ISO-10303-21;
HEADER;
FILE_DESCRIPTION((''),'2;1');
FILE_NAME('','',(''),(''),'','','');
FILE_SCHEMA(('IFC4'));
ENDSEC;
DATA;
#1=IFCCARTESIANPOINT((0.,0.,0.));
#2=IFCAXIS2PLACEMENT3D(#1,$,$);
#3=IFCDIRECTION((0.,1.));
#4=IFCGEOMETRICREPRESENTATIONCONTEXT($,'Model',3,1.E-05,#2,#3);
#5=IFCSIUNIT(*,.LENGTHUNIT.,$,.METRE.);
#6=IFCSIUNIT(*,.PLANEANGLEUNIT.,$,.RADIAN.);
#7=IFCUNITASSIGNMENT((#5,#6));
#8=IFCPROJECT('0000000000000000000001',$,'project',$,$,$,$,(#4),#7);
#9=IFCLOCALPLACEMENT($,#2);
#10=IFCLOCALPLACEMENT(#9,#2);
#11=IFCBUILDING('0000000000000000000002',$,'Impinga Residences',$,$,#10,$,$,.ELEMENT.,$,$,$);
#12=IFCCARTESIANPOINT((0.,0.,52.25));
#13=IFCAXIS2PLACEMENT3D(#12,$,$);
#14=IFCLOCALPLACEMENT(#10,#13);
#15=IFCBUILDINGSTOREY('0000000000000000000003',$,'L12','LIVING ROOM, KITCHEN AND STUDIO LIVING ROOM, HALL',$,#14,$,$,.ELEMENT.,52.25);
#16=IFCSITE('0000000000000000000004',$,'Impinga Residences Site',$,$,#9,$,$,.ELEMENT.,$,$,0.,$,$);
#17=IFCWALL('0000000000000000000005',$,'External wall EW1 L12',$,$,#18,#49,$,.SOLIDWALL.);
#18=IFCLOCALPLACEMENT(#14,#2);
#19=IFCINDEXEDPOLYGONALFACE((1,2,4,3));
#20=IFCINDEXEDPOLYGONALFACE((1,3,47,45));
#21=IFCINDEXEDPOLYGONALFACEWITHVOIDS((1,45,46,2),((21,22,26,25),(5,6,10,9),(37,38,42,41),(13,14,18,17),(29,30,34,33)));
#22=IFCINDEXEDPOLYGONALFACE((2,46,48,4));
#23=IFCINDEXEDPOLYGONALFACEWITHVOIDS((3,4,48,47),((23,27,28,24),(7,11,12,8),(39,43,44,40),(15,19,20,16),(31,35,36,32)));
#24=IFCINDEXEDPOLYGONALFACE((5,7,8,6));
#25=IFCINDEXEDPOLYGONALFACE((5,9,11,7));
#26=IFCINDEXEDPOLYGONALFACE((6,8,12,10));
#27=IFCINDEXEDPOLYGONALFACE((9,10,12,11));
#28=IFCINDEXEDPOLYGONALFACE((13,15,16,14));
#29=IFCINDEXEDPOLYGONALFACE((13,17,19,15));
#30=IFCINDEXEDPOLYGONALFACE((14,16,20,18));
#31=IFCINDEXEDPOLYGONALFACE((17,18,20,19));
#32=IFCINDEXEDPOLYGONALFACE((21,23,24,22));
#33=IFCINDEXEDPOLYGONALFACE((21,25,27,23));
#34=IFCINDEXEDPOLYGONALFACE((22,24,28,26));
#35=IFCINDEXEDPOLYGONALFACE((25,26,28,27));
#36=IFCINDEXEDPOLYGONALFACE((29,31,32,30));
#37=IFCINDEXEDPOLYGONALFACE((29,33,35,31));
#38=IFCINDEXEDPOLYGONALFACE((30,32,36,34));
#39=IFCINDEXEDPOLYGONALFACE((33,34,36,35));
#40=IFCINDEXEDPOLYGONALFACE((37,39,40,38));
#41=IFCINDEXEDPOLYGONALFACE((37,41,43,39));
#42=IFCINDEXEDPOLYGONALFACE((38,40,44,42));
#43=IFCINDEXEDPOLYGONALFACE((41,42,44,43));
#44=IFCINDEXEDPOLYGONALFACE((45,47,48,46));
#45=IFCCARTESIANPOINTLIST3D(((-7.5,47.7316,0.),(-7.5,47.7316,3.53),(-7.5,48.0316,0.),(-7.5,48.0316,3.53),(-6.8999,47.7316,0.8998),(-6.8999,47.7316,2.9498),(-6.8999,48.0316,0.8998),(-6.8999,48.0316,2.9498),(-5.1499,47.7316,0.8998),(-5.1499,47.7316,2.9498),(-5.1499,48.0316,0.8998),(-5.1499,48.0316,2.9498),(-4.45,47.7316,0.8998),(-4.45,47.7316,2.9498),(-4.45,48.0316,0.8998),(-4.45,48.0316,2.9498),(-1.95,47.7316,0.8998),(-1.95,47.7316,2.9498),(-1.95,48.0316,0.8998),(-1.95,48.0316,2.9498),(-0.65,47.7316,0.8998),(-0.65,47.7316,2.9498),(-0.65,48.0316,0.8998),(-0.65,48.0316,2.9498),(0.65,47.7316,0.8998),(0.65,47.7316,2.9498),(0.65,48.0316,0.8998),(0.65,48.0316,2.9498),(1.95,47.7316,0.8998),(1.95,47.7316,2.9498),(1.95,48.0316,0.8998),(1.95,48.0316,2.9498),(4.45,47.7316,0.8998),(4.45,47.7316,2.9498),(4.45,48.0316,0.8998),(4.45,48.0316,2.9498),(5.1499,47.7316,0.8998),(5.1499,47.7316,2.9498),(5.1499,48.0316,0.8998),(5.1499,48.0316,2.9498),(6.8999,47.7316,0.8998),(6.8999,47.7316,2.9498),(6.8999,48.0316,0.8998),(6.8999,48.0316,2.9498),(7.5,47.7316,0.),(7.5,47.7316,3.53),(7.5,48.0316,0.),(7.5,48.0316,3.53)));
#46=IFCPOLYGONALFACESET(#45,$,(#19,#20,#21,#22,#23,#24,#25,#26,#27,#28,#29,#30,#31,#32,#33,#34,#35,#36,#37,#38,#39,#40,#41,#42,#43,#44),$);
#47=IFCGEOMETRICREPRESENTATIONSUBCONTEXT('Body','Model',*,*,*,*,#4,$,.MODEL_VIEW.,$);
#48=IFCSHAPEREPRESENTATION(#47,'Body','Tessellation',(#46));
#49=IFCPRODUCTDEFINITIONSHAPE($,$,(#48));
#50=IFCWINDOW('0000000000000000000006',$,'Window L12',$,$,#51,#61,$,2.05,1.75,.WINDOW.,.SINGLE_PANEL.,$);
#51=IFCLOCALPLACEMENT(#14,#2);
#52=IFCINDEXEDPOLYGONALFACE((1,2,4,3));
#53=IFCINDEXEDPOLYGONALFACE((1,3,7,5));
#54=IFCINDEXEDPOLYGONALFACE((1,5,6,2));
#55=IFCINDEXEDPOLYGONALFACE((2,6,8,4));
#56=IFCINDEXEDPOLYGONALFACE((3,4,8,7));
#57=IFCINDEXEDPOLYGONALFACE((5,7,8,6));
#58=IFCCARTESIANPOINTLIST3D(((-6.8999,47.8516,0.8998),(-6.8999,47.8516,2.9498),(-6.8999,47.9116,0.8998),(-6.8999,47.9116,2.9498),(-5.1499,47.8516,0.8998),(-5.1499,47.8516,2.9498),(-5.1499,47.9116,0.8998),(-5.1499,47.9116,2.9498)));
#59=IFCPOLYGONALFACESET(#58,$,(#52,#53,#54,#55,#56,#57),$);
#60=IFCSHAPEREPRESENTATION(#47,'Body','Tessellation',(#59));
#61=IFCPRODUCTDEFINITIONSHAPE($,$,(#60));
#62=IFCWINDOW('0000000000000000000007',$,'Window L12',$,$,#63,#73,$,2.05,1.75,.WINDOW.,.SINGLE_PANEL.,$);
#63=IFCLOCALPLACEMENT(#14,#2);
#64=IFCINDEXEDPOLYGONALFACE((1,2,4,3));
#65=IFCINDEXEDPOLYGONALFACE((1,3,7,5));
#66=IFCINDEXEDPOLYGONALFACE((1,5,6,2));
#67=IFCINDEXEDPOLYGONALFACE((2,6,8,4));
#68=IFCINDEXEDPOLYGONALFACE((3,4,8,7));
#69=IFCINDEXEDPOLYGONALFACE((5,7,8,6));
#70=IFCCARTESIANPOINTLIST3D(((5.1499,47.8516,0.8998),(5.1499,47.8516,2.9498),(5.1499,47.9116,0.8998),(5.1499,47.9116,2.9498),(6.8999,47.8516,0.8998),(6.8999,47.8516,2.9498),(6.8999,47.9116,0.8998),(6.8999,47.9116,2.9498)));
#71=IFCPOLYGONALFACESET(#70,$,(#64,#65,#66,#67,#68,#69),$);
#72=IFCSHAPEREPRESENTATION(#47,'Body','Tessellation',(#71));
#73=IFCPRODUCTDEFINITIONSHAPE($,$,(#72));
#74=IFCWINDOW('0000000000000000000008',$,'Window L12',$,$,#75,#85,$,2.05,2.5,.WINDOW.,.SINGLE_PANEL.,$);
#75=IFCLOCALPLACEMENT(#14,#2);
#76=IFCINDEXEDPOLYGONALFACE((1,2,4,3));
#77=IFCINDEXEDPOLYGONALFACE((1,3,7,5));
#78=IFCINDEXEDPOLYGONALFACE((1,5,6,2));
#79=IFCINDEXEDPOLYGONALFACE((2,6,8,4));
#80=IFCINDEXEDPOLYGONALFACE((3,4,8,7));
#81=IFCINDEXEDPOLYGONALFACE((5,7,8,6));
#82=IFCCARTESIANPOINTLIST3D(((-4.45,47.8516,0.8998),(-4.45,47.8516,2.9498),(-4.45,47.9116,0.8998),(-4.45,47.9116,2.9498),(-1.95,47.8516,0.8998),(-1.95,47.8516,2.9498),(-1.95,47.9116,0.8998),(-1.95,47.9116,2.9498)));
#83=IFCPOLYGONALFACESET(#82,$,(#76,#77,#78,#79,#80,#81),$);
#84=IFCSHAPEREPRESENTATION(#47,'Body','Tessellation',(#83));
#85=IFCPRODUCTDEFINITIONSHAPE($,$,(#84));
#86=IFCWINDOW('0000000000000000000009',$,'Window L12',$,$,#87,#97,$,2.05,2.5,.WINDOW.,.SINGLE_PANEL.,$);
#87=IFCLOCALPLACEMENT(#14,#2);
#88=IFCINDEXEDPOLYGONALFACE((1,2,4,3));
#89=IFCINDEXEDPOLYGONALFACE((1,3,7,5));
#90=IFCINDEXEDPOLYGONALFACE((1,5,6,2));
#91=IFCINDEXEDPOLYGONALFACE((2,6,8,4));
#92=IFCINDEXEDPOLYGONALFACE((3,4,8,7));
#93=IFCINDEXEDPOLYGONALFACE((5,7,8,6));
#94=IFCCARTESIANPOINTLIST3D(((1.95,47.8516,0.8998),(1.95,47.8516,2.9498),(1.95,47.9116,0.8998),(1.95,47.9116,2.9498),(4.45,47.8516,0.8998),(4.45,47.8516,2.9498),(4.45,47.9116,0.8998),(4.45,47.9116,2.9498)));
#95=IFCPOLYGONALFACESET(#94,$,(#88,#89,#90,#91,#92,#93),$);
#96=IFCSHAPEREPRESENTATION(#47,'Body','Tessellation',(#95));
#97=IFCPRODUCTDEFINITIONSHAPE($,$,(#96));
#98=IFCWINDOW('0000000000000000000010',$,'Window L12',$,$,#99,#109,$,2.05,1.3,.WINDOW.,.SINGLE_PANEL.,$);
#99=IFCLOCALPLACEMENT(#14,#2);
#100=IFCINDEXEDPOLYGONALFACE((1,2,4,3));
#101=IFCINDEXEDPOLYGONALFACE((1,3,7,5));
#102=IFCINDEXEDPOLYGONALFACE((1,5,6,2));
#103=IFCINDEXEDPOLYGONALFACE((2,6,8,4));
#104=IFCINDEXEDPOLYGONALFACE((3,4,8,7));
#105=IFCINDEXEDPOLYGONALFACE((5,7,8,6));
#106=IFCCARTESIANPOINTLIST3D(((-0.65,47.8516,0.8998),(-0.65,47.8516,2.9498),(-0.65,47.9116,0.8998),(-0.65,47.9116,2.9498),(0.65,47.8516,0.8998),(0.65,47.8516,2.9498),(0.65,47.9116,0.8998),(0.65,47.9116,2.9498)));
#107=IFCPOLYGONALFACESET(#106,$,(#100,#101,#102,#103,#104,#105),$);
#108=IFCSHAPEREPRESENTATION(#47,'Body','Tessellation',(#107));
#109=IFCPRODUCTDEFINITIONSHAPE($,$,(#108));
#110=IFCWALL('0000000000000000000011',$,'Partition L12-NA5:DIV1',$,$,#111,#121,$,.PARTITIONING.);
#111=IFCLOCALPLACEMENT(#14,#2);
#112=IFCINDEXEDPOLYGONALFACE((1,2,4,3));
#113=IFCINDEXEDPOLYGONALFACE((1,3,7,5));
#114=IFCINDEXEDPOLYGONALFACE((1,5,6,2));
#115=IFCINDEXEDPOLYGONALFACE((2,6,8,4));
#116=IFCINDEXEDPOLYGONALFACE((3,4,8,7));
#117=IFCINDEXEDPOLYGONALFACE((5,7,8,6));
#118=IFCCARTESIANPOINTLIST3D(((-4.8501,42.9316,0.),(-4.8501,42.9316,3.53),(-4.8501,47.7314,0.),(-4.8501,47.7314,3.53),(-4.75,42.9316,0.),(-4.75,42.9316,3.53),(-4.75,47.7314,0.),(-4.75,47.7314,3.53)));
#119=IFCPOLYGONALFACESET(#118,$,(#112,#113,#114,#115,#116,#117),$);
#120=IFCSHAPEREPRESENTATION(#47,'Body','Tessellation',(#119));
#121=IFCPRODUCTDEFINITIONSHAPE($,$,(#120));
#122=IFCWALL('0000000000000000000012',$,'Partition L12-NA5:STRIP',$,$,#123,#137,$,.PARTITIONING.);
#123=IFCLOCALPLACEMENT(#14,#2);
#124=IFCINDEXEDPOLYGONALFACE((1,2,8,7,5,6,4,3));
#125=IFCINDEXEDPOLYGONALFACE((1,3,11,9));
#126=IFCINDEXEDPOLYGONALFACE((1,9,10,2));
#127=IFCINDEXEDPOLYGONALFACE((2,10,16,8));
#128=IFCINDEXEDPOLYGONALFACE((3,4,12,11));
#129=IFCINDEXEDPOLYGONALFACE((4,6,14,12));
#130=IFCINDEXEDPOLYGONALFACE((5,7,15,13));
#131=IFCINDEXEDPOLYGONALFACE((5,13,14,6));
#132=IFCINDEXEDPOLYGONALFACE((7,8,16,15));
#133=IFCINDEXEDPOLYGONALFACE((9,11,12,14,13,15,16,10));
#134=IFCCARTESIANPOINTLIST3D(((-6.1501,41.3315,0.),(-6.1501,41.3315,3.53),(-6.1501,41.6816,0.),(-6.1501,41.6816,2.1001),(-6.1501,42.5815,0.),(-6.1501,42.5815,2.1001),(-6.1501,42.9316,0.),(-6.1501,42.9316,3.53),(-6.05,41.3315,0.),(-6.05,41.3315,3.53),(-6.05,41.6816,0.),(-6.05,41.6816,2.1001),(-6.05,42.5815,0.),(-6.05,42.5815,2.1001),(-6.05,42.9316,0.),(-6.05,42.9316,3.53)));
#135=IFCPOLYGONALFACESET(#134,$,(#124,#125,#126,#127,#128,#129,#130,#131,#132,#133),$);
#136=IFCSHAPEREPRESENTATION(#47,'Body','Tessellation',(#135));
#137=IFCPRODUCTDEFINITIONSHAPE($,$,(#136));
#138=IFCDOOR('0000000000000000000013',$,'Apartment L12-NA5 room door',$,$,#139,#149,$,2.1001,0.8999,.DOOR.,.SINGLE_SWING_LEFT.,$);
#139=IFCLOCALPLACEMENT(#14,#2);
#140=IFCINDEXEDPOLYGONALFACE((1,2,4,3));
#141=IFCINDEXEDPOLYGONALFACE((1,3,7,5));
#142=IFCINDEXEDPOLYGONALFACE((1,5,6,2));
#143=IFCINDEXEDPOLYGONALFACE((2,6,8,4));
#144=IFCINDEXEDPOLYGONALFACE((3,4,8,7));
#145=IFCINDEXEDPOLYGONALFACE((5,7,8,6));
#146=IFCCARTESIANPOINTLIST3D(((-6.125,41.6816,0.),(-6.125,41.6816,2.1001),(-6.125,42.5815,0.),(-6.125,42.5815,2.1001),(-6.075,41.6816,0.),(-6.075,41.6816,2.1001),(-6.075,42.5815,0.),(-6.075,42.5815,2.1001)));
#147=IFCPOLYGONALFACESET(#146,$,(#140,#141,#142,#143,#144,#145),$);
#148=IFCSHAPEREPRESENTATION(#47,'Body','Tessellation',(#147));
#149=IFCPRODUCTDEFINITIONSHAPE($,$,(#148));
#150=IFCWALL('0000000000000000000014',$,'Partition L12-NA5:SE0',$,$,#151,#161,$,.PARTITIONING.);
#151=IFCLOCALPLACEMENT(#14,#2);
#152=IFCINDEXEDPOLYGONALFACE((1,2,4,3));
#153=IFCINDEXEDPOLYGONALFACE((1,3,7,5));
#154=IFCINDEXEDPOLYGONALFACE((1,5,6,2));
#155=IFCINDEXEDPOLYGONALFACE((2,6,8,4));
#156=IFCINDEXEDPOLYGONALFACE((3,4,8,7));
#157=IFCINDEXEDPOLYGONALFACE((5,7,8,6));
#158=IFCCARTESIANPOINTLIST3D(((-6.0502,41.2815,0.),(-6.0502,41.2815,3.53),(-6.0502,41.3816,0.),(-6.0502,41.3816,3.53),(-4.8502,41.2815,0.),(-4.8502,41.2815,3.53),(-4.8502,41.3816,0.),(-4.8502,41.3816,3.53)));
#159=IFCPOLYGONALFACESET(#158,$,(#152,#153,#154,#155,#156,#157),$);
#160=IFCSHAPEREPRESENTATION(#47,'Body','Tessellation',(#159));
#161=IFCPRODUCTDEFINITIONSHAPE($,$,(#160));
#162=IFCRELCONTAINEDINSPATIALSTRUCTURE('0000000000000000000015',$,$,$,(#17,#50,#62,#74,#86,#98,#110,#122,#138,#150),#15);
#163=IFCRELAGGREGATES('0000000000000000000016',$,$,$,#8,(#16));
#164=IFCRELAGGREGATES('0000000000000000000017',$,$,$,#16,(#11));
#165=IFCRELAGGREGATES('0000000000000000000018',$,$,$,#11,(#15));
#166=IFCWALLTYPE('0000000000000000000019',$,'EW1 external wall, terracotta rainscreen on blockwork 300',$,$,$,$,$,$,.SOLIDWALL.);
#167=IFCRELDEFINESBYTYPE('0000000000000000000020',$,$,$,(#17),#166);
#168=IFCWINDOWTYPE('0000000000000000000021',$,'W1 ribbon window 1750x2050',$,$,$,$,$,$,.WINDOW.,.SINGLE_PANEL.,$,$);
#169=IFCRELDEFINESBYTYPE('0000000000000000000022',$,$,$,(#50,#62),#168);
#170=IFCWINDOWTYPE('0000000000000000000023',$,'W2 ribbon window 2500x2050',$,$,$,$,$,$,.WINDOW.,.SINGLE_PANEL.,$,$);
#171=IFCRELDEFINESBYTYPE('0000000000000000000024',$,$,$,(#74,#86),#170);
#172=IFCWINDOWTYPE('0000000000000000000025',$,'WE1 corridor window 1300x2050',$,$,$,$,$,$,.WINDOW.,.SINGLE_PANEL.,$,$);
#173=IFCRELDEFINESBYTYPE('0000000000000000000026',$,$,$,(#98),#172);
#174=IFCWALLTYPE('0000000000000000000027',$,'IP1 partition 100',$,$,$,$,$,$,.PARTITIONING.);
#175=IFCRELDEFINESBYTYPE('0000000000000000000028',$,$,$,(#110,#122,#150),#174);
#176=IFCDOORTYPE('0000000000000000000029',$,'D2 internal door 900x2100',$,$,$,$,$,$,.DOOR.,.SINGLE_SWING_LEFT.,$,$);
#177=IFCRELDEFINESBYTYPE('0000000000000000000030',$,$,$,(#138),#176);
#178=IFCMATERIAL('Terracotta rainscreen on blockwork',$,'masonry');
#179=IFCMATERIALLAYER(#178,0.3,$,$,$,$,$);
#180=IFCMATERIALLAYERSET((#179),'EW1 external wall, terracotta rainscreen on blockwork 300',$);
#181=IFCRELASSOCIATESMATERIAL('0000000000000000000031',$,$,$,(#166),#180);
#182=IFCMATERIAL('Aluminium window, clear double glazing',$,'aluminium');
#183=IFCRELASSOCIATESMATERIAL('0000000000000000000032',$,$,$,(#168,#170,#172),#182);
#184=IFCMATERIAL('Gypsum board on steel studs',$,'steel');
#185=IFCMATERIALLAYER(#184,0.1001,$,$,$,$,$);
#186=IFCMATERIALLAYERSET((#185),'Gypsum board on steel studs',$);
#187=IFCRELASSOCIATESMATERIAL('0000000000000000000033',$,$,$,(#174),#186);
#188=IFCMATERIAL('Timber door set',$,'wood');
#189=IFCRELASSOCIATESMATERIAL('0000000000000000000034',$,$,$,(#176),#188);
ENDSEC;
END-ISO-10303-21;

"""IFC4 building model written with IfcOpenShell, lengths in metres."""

from ifc_helpers import new_model, si_unit, direction, frame, frame_2d, origin, place, context, subcontext, project, spatial, rectangle, extrude, material, layer, layer_set, type_object, element, fill, save


model = new_model("IFC4")

# Units and contexts
model_context = context("Model", 3, precision=1e-05, world=origin(), true_north=direction((0.0, 1.0)))
body_context = subcontext(model_context, "Body", "Model", "MODEL_VIEW")
ifc_project = project(units=[si_unit("LENGTHUNIT", "METRE"), si_unit("PLANEANGLEUNIT", "RADIAN")], contexts=[model_context])

# Site, building, storey
site_placement = place(None, origin())
site = spatial("IfcSite", under=ifc_project, at=site_placement, Name="Impinga Residences Site", CompositionType="ELEMENT", RefElevation=0.0)
building_placement = place(site_placement, origin())
building = spatial("IfcBuilding", under=site, at=building_placement, Name="Impinga Residences", CompositionType="ELEMENT")
storey_placement = place(building_placement, frame((0.0, 0.0, 52.25)))
storey = spatial("IfcBuildingStorey", under=building, at=storey_placement, Name="L12", Description="LIVING ROOM, KITCHEN AND STUDIO LIVING ROOM, HALL", CompositionType="ELEMENT", Elevation=52.25)

# Shared definitions
ifc_material_1 = material(Name="Terracotta rainscreen on blockwork", Category="masonry")
ifc_layer_1 = layer(ifc_material_1, 0.3)
ifc_layer_set_1 = layer_set([ifc_layer_1], Name="EW1 external wall, terracotta rainscreen on blockwork 300")
wall_type_1 = type_object("IfcWallType", Name="EW1 external wall, terracotta rainscreen on blockwork 300", PredefinedType="SOLIDWALL", material=ifc_layer_set_1)

# Wall, openings, windows
wall_1_placement = place(storey_placement, frame((-7.5, 47.8816, 0.0), z_axis=(0.0, 0.0, 1.0), x_axis=(1.0, 0.0, 0.0)))
wall_1 = element("IfcWall", 1, at=wall_1_placement, inside=storey, type_object=wall_type_1, Name="External wall EW1 L12", PredefinedType="SOLIDWALL", context=body_context, shape_type="SweptSolid", body=[
    extrude(rectangle(XDim=15.0, YDim=0.3, at=frame_2d((7.5, 0.0))), origin(), (0.0, 0.0, 1.0), 3.53),
])
opening_1_placement = place(wall_1_placement, frame((0.6001, 0.0, 0.8999)))
opening_1 = element("IfcOpeningElement", 2, at=opening_1_placement, cuts=wall_1, PredefinedType="OPENING", context=body_context, shape_type="SweptSolid", body=[
    extrude(rectangle(XDim=1.75, YDim=2.05, at=frame_2d((0.875, 1.0249))), frame((0.0, 0.1599, 0.0), z_axis=(0.0, -1.0, 0.0), x_axis=(1.0, 0.0, 0.0)), (0.0, 0.0, 1.0), 0.3201),
])
opening_2_placement = place(wall_1_placement, frame((3.05, 0.0, 0.8999)))
opening_2 = element("IfcOpeningElement", 3, at=opening_2_placement, cuts=wall_1, PredefinedType="OPENING", context=body_context, shape_type="SweptSolid", body=[
    extrude(rectangle(XDim=2.5, YDim=2.05, at=frame_2d((1.25, 1.0249))), frame((0.0, 0.1599, 0.0), z_axis=(0.0, -1.0, 0.0), x_axis=(1.0, 0.0, 0.0)), (0.0, 0.0, 1.0), 0.3201),
])
opening_3_placement = place(wall_1_placement, frame((6.8501, 0.0, 0.8999)))
opening_3 = element("IfcOpeningElement", 4, at=opening_3_placement, cuts=wall_1, PredefinedType="OPENING", context=body_context, shape_type="SweptSolid", body=[
    extrude(rectangle(XDim=1.3, YDim=2.05, at=frame_2d((0.6499, 1.0249))), frame((0.0, 0.1599, 0.0), z_axis=(0.0, -1.0, 0.0), x_axis=(1.0, 0.0, 0.0)), (0.0, 0.0, 1.0), 0.3201),
])
opening_4_placement = place(wall_1_placement, frame((9.45, 0.0, 0.8999)))
opening_4 = element("IfcOpeningElement", 5, at=opening_4_placement, cuts=wall_1, PredefinedType="OPENING", context=body_context, shape_type="SweptSolid", body=[
    extrude(rectangle(XDim=2.5, YDim=2.05, at=frame_2d((1.25, 1.0249))), frame((0.0, 0.1599, 0.0), z_axis=(0.0, -1.0, 0.0), x_axis=(1.0, 0.0, 0.0)), (0.0, 0.0, 1.0), 0.3201),
])
opening_5_placement = place(wall_1_placement, frame((12.6499, 0.0, 0.8999)))
opening_5 = element("IfcOpeningElement", 6, at=opening_5_placement, cuts=wall_1, PredefinedType="OPENING", context=body_context, shape_type="SweptSolid", body=[
    extrude(rectangle(XDim=1.75, YDim=2.05, at=frame_2d((0.875, 1.0249))), frame((0.0, 0.1599, 0.0), z_axis=(0.0, -1.0, 0.0), x_axis=(1.0, 0.0, 0.0)), (0.0, 0.0, 1.0), 0.3201),
])
ifc_material_2 = material(Name="Aluminium window, clear double glazing", Category="aluminium")
window_type_1 = type_object("IfcWindowType", Name="W1 ribbon window 1750x2050", PartitioningType="SINGLE_PANEL", PredefinedType="WINDOW", material=ifc_material_2)
window_1_placement = place(opening_1_placement, origin())
window_1 = element("IfcWindow", 7, at=window_1_placement, inside=storey, type_object=window_type_1, Name="Window L12", OverallHeight=2.05, OverallWidth=1.75, PartitioningType="SINGLE_PANEL", PredefinedType="WINDOW", context=body_context, shape_type="SweptSolid", body=[
    extrude(rectangle(XDim=1.75, YDim=2.05, at=frame_2d((0.875, 1.0249))), frame((0.0, 0.03, 0.0), z_axis=(0.0, -1.0, 0.0), x_axis=(1.0, 0.0, 0.0)), (0.0, 0.0, 1.0), 0.0601),
])
fill(opening_1, window_1)
window_2_placement = place(opening_5_placement, origin())
window_2 = element("IfcWindow", 8, at=window_2_placement, inside=storey, type_object=window_type_1, Name="Window L12", OverallHeight=2.05, OverallWidth=1.75, PartitioningType="SINGLE_PANEL", PredefinedType="WINDOW", context=body_context, shape_type="SweptSolid", body=[
    extrude(rectangle(XDim=1.75, YDim=2.05, at=frame_2d((0.875, 1.0249))), frame((0.0, 0.03, 0.0), z_axis=(0.0, -1.0, 0.0), x_axis=(1.0, 0.0, 0.0)), (0.0, 0.0, 1.0), 0.0601),
])
fill(opening_5, window_2)
window_type_2 = type_object("IfcWindowType", Name="W2 ribbon window 2500x2050", PartitioningType="SINGLE_PANEL", PredefinedType="WINDOW", material=ifc_material_2)
window_3_placement = place(opening_2_placement, origin())
window_3 = element("IfcWindow", 9, at=window_3_placement, inside=storey, type_object=window_type_2, Name="Window L12", OverallHeight=2.05, OverallWidth=2.5, PartitioningType="SINGLE_PANEL", PredefinedType="WINDOW", context=body_context, shape_type="SweptSolid", body=[
    extrude(rectangle(XDim=2.5, YDim=2.05, at=frame_2d((1.25, 1.0249))), frame((0.0, 0.03, 0.0), z_axis=(0.0, -1.0, 0.0), x_axis=(1.0, 0.0, 0.0)), (0.0, 0.0, 1.0), 0.0601),
])
fill(opening_2, window_3)
window_4_placement = place(opening_4_placement, origin())
window_4 = element("IfcWindow", 10, at=window_4_placement, inside=storey, type_object=window_type_2, Name="Window L12", OverallHeight=2.05, OverallWidth=2.5, PartitioningType="SINGLE_PANEL", PredefinedType="WINDOW", context=body_context, shape_type="SweptSolid", body=[
    extrude(rectangle(XDim=2.5, YDim=2.05, at=frame_2d((1.25, 1.0249))), frame((0.0, 0.03, 0.0), z_axis=(0.0, -1.0, 0.0), x_axis=(1.0, 0.0, 0.0)), (0.0, 0.0, 1.0), 0.0601),
])
fill(opening_4, window_4)
window_type_3 = type_object("IfcWindowType", Name="WE1 corridor window 1300x2050", PartitioningType="SINGLE_PANEL", PredefinedType="WINDOW", material=ifc_material_2)
window_5_placement = place(opening_3_placement, origin())
window_5 = element("IfcWindow", 11, at=window_5_placement, inside=storey, type_object=window_type_3, Name="Window L12", OverallHeight=2.05, OverallWidth=1.3, PartitioningType="SINGLE_PANEL", PredefinedType="WINDOW", context=body_context, shape_type="SweptSolid", body=[
    extrude(rectangle(XDim=1.3, YDim=2.05, at=frame_2d((0.6499, 1.0249))), frame((0.0, 0.03, 0.0), z_axis=(0.0, -1.0, 0.0), x_axis=(1.0, 0.0, 0.0)), (0.0, 0.0, 1.0), 0.0601),
])
fill(opening_3, window_5)

# Wall
ifc_material_3 = material(Name="Gypsum board on steel studs", Category="steel")
ifc_layer_2 = layer(ifc_material_3, 0.1001)
ifc_layer_set_2 = layer_set([ifc_layer_2], Name="Gypsum board on steel studs")
wall_type_2 = type_object("IfcWallType", Name="IP1 partition 100", PredefinedType="PARTITIONING", material=ifc_layer_set_2)
wall_2_placement = place(storey_placement, frame((-4.8, 42.9316, 0.0), z_axis=(0.0, 0.0, 1.0), x_axis=(0.0, 1.0, 0.0)))
element("IfcWall", 12, at=wall_2_placement, inside=storey, type_object=wall_type_2, Name="Partition L12-NA5:DIV1", PredefinedType="PARTITIONING", context=body_context, shape_type="SweptSolid", body=[
    extrude(rectangle(XDim=4.7998, YDim=0.1001, at=frame_2d((2.3999, 0.0))), origin(), (0.0, 0.0, 1.0), 3.53),
])

# Wall, opening, door
wall_3_placement = place(storey_placement, frame((-6.1001, 41.3315, 0.0), z_axis=(0.0, 0.0, 1.0), x_axis=(0.0, 1.0, 0.0)))
wall_3 = element("IfcWall", 13, at=wall_3_placement, inside=storey, type_object=wall_type_2, Name="Partition L12-NA5:STRIP", PredefinedType="PARTITIONING", context=body_context, shape_type="SweptSolid", body=[
    extrude(rectangle(XDim=1.6001, YDim=0.1001, at=frame_2d((0.8, 0.0))), origin(), (0.0, 0.0, 1.0), 3.53),
])
opening_6_placement = place(wall_3_placement, frame((0.3501, 0.0, 0.0)))
opening_6 = element("IfcOpeningElement", 14, at=opening_6_placement, cuts=wall_3, PredefinedType="OPENING", context=body_context, shape_type="SweptSolid", body=[
    extrude(rectangle(XDim=0.8999, YDim=2.1001, at=frame_2d((0.45, 1.05))), frame((0.0, 0.0601, 0.0), z_axis=(0.0, -1.0, 0.0), x_axis=(1.0, 0.0, 0.0)), (0.0, 0.0, 1.0), 0.1201),
])
ifc_material_4 = material(Name="Timber door set", Category="wood")
door_type = type_object("IfcDoorType", Name="D2 internal door 900x2100", OperationType="SINGLE_SWING_LEFT", PredefinedType="DOOR", material=ifc_material_4)
door_1_placement = place(opening_6_placement, origin())
door_1 = element("IfcDoor", 15, at=door_1_placement, inside=storey, type_object=door_type, Name="Apartment L12-NA5 room door", OperationType="SINGLE_SWING_LEFT", OverallHeight=2.1001, OverallWidth=0.8999, PredefinedType="DOOR", context=body_context, shape_type="SweptSolid", body=[
    extrude(rectangle(XDim=0.8999, YDim=2.1001, at=frame_2d((0.45, 1.05))), frame((0.0, 0.0249, 0.0), z_axis=(0.0, -1.0, 0.0), x_axis=(1.0, 0.0, 0.0)), (0.0, 0.0, 1.0), 0.05),
])
fill(opening_6, door_1)

# Wall
for number, where, z_axis, x_axis, name in (
    (16, (-4.8501, 41.3315, 0.0), (0.0, 0.0, 1.0), (-1.0, 0.0, 0.0), "Partition L12-NA5:SE0"),
):
    element("IfcWall", number, at=place(storey_placement, frame(where, z_axis=z_axis, x_axis=x_axis)), inside=storey, type_object=wall_type_2, Name=name, PredefinedType="PARTITIONING", context=body_context, shape_type="SweptSolid", body=[
        extrude(rectangle(XDim=1.2, YDim=0.1001, at=frame_2d((0.6001, 0.0))), origin(), (0.0, 0.0, 1.0), 3.53),
    ])

save(model, "model.ifc")
